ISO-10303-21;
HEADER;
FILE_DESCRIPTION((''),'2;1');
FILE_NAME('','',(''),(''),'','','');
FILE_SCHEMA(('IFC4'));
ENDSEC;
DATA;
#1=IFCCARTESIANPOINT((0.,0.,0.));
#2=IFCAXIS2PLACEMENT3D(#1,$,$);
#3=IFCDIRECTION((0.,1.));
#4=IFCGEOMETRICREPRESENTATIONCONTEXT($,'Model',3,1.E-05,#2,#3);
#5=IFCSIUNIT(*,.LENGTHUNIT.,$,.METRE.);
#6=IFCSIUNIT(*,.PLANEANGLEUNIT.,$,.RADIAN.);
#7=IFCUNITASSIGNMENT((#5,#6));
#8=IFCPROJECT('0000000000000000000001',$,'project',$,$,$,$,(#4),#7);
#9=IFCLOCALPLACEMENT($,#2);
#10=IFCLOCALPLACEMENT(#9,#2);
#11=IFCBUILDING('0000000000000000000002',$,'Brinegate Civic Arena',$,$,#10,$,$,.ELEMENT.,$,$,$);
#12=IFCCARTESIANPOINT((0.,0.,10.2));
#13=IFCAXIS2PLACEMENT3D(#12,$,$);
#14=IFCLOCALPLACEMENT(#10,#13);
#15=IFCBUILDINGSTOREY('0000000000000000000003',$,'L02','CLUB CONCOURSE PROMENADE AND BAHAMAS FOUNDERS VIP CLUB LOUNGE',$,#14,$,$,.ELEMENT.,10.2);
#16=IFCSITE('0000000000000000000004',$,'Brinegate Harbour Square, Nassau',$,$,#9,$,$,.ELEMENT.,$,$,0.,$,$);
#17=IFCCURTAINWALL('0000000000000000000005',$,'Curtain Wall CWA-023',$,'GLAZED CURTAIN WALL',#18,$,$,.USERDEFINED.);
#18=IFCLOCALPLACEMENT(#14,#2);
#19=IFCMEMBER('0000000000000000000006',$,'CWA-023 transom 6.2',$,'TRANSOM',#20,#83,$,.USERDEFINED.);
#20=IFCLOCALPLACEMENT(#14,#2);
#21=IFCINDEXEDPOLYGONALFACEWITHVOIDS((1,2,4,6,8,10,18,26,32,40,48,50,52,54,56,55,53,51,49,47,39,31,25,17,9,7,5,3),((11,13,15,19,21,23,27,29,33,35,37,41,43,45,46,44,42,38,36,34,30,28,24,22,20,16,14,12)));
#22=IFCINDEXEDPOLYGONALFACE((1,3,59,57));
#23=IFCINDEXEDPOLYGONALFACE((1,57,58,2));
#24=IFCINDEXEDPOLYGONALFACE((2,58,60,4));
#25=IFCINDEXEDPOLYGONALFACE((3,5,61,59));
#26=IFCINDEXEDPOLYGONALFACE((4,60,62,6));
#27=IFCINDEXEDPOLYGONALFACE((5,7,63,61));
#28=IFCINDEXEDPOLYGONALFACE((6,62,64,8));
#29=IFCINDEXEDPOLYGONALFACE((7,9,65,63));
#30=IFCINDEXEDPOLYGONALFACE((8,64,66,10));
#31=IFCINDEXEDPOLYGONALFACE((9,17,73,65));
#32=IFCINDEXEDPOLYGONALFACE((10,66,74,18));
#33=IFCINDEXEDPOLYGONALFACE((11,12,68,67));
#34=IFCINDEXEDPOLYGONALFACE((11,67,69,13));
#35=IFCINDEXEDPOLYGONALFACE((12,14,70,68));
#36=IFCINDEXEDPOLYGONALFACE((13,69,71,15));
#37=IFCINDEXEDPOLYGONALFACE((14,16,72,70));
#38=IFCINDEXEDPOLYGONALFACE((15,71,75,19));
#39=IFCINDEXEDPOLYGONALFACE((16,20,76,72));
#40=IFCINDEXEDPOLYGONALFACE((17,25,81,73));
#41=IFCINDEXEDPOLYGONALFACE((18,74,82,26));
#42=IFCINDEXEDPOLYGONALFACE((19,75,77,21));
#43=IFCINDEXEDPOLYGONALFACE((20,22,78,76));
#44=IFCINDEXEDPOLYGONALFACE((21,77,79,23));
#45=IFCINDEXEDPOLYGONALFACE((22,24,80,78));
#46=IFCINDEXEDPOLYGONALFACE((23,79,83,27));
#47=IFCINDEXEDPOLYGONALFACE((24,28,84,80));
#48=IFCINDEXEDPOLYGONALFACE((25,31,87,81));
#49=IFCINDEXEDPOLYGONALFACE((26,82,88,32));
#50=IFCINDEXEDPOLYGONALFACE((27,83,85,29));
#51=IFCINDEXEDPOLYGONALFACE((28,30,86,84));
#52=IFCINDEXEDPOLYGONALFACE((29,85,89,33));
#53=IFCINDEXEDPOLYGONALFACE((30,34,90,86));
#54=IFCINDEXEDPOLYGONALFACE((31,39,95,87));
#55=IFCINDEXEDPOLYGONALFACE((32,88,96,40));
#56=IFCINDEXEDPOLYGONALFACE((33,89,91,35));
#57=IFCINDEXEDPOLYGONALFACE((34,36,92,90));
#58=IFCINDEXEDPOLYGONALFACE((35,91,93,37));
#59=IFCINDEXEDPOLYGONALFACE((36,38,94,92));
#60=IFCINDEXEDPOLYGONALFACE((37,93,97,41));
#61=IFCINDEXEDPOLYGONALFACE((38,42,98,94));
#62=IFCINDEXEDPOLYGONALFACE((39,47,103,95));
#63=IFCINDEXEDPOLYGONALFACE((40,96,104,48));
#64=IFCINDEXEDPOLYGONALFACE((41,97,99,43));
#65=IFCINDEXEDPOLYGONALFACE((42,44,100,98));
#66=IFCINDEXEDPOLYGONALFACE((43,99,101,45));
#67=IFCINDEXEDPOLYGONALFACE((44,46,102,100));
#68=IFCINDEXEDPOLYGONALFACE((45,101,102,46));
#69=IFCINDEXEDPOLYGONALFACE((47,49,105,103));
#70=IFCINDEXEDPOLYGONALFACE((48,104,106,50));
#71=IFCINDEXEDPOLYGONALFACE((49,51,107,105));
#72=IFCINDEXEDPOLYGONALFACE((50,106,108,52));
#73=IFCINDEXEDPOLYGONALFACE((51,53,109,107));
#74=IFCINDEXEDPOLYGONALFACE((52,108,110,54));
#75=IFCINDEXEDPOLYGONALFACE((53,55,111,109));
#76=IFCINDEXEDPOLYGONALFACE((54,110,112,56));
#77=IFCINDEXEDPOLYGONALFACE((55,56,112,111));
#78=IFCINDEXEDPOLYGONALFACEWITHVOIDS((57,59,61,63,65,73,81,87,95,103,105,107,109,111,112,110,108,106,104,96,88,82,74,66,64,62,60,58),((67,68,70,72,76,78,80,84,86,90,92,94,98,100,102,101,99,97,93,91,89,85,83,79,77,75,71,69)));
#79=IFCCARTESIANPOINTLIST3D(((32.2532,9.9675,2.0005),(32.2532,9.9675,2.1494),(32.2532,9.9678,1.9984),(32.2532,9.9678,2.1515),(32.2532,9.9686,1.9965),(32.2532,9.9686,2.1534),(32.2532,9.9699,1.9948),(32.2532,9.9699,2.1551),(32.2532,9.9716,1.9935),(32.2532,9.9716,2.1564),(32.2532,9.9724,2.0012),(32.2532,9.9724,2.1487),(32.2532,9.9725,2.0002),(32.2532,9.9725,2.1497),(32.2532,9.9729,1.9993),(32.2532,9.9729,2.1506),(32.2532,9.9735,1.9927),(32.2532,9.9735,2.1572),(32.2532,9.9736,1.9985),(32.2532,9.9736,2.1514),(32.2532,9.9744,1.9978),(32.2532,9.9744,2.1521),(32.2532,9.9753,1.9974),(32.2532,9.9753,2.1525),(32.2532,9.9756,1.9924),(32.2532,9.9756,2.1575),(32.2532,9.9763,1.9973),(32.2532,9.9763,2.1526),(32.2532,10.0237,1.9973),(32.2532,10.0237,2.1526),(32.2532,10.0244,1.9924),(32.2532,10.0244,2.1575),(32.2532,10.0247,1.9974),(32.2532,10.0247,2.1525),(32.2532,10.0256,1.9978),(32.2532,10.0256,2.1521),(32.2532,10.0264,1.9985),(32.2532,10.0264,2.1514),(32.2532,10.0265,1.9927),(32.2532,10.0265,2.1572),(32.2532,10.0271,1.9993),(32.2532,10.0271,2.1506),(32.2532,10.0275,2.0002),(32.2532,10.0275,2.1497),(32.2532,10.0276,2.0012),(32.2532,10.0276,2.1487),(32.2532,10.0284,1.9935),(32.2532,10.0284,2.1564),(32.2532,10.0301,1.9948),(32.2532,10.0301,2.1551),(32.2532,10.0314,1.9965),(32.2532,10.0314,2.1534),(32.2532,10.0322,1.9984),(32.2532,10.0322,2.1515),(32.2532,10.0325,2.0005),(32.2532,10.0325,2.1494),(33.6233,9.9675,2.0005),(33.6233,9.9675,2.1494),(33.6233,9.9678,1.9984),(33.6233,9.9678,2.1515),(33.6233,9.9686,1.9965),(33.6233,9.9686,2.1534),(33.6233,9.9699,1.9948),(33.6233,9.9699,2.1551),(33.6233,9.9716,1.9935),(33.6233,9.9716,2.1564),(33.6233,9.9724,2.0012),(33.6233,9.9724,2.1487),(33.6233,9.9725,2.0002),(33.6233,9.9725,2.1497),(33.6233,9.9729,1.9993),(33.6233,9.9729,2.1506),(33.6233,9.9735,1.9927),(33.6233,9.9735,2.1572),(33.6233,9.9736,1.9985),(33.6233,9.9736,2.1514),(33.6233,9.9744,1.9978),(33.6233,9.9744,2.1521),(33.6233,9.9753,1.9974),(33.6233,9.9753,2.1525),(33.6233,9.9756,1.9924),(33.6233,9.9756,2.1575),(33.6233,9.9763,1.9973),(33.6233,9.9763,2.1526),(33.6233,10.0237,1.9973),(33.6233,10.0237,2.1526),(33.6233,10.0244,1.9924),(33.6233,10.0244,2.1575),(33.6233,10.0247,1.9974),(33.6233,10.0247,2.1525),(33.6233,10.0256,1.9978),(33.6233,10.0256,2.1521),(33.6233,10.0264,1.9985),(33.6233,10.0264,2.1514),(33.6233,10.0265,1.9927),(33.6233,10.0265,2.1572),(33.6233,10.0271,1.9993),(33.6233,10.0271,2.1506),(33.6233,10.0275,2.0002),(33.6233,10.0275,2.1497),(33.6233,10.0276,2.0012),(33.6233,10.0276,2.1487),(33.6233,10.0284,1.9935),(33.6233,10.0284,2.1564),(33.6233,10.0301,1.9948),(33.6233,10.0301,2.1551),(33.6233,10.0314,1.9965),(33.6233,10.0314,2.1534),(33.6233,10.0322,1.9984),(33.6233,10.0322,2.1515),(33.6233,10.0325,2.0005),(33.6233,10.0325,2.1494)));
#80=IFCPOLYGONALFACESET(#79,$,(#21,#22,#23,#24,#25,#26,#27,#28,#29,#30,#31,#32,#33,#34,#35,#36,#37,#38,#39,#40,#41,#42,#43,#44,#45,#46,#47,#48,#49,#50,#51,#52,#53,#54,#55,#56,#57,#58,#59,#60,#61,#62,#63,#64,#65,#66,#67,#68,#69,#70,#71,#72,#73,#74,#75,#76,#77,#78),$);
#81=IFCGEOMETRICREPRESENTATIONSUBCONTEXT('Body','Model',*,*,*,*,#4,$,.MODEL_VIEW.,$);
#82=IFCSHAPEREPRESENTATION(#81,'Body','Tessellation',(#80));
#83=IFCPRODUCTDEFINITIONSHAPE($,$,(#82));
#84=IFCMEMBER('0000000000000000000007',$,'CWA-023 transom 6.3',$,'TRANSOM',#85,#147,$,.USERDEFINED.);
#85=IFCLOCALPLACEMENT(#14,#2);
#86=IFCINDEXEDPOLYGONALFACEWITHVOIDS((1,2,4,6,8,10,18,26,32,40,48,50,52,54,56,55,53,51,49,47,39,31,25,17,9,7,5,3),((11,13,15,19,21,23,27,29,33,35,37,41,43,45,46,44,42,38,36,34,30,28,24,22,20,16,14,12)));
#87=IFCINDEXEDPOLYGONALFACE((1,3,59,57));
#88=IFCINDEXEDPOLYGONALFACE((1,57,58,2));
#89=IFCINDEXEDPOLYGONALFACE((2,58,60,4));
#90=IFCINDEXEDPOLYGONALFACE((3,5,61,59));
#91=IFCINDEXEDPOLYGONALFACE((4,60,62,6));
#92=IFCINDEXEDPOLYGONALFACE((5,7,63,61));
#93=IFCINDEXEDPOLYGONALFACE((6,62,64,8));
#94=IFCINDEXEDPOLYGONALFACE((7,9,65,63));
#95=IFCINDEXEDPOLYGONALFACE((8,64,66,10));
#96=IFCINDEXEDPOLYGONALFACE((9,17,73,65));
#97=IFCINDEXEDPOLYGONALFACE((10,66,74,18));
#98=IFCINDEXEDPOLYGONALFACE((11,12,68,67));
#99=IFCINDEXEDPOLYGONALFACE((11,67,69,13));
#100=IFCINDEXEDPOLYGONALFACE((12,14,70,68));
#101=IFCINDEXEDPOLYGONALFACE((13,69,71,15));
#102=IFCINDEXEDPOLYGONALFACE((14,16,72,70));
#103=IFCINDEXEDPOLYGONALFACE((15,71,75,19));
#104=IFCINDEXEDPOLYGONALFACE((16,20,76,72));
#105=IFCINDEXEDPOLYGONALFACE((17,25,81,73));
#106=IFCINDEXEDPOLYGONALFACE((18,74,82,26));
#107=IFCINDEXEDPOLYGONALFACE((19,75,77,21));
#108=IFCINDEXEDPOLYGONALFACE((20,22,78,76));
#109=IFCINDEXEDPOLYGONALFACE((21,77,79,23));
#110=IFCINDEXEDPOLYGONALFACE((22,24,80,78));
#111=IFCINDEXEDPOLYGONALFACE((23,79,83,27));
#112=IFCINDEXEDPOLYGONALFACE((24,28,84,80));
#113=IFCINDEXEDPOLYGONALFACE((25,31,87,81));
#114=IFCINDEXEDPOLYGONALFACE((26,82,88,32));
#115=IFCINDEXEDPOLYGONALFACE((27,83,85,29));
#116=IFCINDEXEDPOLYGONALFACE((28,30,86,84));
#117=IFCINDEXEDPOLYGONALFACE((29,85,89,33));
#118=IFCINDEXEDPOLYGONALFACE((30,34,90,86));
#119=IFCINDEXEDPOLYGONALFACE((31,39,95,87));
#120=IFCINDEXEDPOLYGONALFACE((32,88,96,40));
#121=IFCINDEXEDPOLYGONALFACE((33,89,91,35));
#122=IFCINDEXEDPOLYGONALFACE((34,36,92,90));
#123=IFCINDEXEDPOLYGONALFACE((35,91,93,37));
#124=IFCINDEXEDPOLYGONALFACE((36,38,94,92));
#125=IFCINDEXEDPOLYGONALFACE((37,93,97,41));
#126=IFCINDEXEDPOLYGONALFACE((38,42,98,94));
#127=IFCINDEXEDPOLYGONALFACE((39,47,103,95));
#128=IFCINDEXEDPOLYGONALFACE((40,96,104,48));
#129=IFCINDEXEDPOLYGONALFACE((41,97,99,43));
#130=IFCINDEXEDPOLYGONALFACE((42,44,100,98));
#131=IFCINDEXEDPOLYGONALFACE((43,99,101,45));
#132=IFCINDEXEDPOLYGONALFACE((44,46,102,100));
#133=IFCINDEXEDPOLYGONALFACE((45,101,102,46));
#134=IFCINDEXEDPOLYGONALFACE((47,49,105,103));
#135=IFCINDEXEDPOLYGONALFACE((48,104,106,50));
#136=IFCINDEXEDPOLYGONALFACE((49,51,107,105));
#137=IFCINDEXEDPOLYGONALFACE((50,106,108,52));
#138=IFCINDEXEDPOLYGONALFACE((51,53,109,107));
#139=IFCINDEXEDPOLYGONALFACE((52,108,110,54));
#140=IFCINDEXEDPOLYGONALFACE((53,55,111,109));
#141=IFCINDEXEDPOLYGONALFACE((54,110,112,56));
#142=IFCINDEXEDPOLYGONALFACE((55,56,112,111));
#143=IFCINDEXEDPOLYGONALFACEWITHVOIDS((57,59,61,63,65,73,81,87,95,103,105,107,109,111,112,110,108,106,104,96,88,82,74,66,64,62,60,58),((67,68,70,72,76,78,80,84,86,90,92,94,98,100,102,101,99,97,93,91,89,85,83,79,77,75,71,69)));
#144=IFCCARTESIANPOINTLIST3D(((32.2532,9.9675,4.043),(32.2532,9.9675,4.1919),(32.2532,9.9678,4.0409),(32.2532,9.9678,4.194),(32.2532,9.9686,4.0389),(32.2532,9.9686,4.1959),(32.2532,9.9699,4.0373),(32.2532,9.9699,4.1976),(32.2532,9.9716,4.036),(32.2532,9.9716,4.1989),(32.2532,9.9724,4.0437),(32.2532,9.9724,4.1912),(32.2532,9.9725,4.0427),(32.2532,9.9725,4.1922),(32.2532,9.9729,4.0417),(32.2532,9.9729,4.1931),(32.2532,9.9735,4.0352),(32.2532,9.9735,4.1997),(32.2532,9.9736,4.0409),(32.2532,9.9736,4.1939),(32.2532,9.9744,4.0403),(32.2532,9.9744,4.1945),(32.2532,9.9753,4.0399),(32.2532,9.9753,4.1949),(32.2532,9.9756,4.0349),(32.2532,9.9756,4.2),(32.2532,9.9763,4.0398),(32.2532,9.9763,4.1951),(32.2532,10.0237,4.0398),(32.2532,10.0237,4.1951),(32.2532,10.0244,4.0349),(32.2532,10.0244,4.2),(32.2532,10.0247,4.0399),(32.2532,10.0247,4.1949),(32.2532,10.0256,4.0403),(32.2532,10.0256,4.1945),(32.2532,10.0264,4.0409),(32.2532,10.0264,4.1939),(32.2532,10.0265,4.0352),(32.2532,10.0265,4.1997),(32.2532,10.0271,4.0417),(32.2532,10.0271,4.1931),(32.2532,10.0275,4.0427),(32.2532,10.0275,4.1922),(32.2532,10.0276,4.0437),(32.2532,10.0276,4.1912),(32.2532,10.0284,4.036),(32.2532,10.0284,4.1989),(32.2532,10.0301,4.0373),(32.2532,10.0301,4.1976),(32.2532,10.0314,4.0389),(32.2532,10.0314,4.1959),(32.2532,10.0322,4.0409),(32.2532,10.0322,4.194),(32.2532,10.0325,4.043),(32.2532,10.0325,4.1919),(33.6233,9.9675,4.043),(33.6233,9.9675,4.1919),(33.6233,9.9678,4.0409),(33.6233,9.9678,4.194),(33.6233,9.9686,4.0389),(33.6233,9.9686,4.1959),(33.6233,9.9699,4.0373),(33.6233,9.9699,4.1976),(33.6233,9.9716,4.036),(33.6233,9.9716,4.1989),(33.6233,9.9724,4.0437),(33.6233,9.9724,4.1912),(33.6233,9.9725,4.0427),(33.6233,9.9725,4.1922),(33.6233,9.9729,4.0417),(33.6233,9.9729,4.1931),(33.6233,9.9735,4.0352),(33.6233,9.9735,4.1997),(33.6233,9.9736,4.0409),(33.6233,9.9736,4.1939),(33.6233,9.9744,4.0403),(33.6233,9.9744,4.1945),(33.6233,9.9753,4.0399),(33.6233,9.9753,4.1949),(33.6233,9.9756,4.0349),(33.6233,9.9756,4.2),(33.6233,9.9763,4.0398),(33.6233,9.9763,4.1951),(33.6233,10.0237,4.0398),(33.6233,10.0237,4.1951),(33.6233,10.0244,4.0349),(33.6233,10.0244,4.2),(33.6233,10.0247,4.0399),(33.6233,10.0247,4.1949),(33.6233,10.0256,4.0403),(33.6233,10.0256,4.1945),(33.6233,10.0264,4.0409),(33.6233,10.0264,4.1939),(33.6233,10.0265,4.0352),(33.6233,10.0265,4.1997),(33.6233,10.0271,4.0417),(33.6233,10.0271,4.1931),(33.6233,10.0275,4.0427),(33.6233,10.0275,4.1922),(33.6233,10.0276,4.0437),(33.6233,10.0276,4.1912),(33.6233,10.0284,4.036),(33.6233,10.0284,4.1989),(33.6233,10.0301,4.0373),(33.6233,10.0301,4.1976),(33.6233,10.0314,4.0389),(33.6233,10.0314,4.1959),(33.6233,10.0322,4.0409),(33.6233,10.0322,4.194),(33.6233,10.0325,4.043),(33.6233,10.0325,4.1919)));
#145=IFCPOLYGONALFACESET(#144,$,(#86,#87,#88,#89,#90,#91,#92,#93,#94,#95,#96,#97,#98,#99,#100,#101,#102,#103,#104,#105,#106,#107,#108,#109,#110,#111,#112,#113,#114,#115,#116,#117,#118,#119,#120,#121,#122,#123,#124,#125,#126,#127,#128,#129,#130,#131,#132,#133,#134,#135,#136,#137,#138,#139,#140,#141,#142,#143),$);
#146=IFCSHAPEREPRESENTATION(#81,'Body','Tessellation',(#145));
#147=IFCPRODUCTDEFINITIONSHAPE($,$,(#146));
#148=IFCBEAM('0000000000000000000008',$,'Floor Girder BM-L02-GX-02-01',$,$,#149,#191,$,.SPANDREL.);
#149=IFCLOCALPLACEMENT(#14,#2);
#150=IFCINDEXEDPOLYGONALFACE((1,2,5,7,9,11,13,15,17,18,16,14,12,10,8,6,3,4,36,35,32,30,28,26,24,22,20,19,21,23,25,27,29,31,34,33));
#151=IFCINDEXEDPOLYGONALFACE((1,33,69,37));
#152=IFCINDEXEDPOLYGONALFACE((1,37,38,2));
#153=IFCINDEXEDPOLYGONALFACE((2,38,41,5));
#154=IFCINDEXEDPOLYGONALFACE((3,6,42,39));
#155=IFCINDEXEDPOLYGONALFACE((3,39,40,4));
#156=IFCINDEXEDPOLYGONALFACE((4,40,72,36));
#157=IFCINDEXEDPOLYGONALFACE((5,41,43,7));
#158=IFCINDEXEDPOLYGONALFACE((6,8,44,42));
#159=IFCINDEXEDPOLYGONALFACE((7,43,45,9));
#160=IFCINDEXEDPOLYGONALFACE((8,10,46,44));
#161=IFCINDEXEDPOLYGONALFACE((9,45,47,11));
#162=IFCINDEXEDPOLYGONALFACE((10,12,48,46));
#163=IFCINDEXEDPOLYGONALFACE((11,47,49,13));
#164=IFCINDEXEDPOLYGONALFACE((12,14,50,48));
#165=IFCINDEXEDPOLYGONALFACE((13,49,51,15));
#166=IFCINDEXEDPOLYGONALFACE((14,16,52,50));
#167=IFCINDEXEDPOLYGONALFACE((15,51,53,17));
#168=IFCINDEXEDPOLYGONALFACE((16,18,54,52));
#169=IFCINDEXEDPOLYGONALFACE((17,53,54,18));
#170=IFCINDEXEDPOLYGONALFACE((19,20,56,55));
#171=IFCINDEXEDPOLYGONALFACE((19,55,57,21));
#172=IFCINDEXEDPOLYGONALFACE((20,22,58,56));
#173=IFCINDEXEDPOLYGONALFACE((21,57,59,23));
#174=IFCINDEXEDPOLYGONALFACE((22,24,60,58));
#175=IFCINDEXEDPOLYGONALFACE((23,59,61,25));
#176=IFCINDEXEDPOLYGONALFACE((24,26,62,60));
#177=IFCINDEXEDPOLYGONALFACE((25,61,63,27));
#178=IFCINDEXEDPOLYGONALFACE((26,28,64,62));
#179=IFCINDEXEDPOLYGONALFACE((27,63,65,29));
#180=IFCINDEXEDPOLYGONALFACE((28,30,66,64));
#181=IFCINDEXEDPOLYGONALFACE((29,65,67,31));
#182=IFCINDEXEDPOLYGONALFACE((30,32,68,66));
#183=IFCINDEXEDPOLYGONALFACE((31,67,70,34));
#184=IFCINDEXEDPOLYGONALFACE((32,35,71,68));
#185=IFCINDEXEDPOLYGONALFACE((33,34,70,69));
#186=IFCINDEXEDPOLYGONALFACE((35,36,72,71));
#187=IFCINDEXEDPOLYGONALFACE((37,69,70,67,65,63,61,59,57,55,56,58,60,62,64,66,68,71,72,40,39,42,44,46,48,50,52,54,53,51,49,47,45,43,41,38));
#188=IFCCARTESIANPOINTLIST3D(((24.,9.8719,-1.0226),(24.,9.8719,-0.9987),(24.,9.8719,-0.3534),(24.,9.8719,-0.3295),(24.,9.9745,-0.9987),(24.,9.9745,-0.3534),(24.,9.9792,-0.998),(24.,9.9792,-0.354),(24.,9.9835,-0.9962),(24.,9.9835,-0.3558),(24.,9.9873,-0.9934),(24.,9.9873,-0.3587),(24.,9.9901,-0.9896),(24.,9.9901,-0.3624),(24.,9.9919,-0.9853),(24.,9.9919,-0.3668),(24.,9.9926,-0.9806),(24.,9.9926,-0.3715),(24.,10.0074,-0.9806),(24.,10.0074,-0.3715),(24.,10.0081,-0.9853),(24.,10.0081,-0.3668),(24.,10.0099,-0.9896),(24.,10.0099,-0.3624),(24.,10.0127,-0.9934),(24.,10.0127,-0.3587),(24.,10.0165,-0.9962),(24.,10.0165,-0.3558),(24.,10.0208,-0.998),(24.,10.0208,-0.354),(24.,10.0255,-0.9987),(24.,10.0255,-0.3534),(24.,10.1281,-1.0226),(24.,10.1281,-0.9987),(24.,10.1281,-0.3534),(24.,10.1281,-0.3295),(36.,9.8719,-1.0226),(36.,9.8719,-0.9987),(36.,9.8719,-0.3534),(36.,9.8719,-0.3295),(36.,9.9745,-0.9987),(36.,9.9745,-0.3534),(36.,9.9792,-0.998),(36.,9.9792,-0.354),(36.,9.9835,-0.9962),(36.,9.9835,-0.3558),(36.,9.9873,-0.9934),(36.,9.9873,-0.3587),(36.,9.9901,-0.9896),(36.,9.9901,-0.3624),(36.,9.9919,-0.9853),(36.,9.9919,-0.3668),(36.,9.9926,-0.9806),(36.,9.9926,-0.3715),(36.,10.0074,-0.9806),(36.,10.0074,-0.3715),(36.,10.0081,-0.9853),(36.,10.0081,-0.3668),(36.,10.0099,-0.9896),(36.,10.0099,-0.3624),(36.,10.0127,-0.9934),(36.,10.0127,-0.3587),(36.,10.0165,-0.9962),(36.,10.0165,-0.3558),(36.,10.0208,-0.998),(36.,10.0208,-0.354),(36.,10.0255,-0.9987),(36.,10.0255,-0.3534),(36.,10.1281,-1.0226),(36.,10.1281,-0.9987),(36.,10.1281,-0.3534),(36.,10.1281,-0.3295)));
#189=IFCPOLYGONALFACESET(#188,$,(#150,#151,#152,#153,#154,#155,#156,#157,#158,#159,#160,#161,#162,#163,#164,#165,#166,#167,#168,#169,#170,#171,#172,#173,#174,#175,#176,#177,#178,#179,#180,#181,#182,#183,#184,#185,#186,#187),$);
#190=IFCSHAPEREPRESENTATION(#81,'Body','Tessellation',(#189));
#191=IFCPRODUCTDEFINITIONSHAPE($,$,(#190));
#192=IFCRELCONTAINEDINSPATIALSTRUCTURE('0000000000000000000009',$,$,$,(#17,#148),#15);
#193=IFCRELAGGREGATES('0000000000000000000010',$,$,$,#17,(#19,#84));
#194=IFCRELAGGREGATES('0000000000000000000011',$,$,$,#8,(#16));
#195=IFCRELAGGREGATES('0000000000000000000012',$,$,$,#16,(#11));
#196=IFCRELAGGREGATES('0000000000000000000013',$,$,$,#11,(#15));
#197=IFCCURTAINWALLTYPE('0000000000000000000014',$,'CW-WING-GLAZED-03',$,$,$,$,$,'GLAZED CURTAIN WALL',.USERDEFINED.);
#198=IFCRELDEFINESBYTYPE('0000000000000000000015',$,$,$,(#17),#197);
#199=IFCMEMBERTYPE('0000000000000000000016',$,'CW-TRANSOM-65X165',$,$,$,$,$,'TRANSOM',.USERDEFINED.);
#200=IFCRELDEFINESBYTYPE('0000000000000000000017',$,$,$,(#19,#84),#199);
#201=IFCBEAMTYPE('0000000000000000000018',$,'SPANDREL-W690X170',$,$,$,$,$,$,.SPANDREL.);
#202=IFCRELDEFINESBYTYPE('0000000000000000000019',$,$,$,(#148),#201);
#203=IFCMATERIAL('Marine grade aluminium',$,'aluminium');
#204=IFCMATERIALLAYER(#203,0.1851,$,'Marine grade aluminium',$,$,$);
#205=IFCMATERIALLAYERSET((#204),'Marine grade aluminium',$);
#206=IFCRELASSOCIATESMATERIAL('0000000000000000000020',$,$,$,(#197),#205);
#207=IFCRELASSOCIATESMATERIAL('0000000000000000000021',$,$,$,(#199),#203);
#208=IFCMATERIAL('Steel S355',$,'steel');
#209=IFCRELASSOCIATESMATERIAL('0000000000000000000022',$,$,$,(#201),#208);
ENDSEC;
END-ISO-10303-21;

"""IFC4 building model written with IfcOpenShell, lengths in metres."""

from ifc_helpers import new_model, si_unit, direction, frame, origin, origin_2d, place, context, subcontext, project, spatial, hollow_rectangle, i_section, extrude, material, layer, layer_set, material_profile, profile_set, type_object, element, aggregate, save


model = new_model("IFC4")

# Units and contexts
model_context = context("Model", 3, precision=1e-05, world=origin(), true_north=direction((0.0, 1.0)))
body_context = subcontext(model_context, "Body", "Model", "MODEL_VIEW")
ifc_project = project(units=[si_unit("LENGTHUNIT", "METRE"), si_unit("PLANEANGLEUNIT", "RADIAN")], contexts=[model_context])

# Site, building, storey
site_placement = place(None, origin())
site = spatial("IfcSite", under=ifc_project, at=site_placement, Name="Brinegate Harbour Square, Nassau", CompositionType="ELEMENT", RefElevation=0.0)
building_placement = place(site_placement, origin())
building = spatial("IfcBuilding", under=site, at=building_placement, Name="Brinegate Civic Arena", CompositionType="ELEMENT")
storey_placement = place(building_placement, frame((0.0, 0.0, 10.2)))
storey = spatial("IfcBuildingStorey", under=building, at=storey_placement, Name="L02", Description="CLUB CONCOURSE PROMENADE AND BAHAMAS FOUNDERS VIP CLUB LOUNGE", CompositionType="ELEMENT", Elevation=10.2)

# Curtain wall, members
ifc_material_1 = material(Name="Marine grade aluminium", Category="aluminium")
ifc_layer_1 = layer(ifc_material_1, 0.1851, Name="Marine grade aluminium")
ifc_layer_set_1 = layer_set([ifc_layer_1], Name="Marine grade aluminium")
curtain_wall_type = type_object("IfcCurtainWallType", Name="CW-WING-GLAZED-03", ElementType="GLAZED CURTAIN WALL", PredefinedType="USERDEFINED", material=ifc_layer_set_1)
curtain_wall_placement = place(storey_placement, origin())
curtain_wall = element("IfcCurtainWall", 1, at=curtain_wall_placement, inside=storey, type_object=curtain_wall_type, Name="Curtain Wall CWA-023", ObjectType="GLAZED CURTAIN WALL", PredefinedType="USERDEFINED")
ifc_material_profile_1 = material_profile(ifc_material_1, hollow_rectangle(XDim=0.0649, YDim=0.165, WallThickness=0.0049, InnerFilletRadius=0.0039, OuterFilletRadius=0.0081, at=origin_2d()), Name="TRN65X165")
ifc_profile_set_1 = profile_set([ifc_material_profile_1], Name="Marine grade aluminium")
member_type_1 = type_object("IfcMemberType", Name="CW-TRANSOM-65X165", ElementType="TRANSOM", PredefinedType="USERDEFINED", material=ifc_profile_set_1)
member_1_placement = place(storey_placement, frame((32.2532, 10.0, 2.075), z_axis=(1.0, 0.0, 0.0), x_axis=(0.0, 1.0, 0.0)))
member_1 = element("IfcMember", 2, at=member_1_placement, type_object=member_type_1, Name="CWA-023 transom 6.2", ObjectType="TRANSOM", PredefinedType="USERDEFINED", context=body_context, shape_type="SweptSolid", body=[
    extrude(hollow_rectangle(XDim=0.0649, YDim=0.165, WallThickness=0.0049, InnerFilletRadius=0.0039, OuterFilletRadius=0.0081, at=origin_2d()), origin(), (0.0, 0.0, 1.0), 1.3701),
])
member_2_placement = place(storey_placement, frame((32.2532, 10.0, 4.1174), z_axis=(1.0, 0.0, 0.0), x_axis=(0.0, 1.0, 0.0)))
member_2 = element("IfcMember", 3, at=member_2_placement, type_object=member_type_1, Name="CWA-023 transom 6.3", ObjectType="TRANSOM", PredefinedType="USERDEFINED", context=body_context, shape_type="SweptSolid", body=[
    extrude(hollow_rectangle(XDim=0.0649, YDim=0.165, WallThickness=0.0049, InnerFilletRadius=0.0039, OuterFilletRadius=0.0081, at=origin_2d()), origin(), (0.0, 0.0, 1.0), 1.3701),
])

# Beam
ifc_material_2 = material(Name="Steel S355", Category="steel")
ifc_material_profile_2 = material_profile(ifc_material_2, i_section(OverallWidth=0.2561, OverallDepth=0.6931, WebThickness=0.0149, FlangeThickness=0.0239, FilletRadius=0.0181, at=origin_2d()), Name="W690X170")
ifc_profile_set_2 = profile_set([ifc_material_profile_2], Name="Steel S355")
beam_type = type_object("IfcBeamType", Name="SPANDREL-W690X170", PredefinedType="SPANDREL", material=ifc_profile_set_2)
beam_placement = place(storey_placement, frame((24.0, 10.0, -0.676), z_axis=(1.0, 0.0, 0.0), x_axis=(0.0, 1.0, 0.0)))
element("IfcBeam", 4, at=beam_placement, inside=storey, type_object=beam_type, Name="Floor Girder BM-L02-GX-02-01", PredefinedType="SPANDREL", context=body_context, shape_type="SweptSolid", body=[
    extrude(i_section(OverallWidth=0.2561, OverallDepth=0.6931, WebThickness=0.0149, FlangeThickness=0.0239, FilletRadius=0.0181, at=origin_2d()), origin(), (0.0, 0.0, 1.0), 12.0),
])

aggregate(curtain_wall, [member_1, member_2])

save(model, "model.ifc")
